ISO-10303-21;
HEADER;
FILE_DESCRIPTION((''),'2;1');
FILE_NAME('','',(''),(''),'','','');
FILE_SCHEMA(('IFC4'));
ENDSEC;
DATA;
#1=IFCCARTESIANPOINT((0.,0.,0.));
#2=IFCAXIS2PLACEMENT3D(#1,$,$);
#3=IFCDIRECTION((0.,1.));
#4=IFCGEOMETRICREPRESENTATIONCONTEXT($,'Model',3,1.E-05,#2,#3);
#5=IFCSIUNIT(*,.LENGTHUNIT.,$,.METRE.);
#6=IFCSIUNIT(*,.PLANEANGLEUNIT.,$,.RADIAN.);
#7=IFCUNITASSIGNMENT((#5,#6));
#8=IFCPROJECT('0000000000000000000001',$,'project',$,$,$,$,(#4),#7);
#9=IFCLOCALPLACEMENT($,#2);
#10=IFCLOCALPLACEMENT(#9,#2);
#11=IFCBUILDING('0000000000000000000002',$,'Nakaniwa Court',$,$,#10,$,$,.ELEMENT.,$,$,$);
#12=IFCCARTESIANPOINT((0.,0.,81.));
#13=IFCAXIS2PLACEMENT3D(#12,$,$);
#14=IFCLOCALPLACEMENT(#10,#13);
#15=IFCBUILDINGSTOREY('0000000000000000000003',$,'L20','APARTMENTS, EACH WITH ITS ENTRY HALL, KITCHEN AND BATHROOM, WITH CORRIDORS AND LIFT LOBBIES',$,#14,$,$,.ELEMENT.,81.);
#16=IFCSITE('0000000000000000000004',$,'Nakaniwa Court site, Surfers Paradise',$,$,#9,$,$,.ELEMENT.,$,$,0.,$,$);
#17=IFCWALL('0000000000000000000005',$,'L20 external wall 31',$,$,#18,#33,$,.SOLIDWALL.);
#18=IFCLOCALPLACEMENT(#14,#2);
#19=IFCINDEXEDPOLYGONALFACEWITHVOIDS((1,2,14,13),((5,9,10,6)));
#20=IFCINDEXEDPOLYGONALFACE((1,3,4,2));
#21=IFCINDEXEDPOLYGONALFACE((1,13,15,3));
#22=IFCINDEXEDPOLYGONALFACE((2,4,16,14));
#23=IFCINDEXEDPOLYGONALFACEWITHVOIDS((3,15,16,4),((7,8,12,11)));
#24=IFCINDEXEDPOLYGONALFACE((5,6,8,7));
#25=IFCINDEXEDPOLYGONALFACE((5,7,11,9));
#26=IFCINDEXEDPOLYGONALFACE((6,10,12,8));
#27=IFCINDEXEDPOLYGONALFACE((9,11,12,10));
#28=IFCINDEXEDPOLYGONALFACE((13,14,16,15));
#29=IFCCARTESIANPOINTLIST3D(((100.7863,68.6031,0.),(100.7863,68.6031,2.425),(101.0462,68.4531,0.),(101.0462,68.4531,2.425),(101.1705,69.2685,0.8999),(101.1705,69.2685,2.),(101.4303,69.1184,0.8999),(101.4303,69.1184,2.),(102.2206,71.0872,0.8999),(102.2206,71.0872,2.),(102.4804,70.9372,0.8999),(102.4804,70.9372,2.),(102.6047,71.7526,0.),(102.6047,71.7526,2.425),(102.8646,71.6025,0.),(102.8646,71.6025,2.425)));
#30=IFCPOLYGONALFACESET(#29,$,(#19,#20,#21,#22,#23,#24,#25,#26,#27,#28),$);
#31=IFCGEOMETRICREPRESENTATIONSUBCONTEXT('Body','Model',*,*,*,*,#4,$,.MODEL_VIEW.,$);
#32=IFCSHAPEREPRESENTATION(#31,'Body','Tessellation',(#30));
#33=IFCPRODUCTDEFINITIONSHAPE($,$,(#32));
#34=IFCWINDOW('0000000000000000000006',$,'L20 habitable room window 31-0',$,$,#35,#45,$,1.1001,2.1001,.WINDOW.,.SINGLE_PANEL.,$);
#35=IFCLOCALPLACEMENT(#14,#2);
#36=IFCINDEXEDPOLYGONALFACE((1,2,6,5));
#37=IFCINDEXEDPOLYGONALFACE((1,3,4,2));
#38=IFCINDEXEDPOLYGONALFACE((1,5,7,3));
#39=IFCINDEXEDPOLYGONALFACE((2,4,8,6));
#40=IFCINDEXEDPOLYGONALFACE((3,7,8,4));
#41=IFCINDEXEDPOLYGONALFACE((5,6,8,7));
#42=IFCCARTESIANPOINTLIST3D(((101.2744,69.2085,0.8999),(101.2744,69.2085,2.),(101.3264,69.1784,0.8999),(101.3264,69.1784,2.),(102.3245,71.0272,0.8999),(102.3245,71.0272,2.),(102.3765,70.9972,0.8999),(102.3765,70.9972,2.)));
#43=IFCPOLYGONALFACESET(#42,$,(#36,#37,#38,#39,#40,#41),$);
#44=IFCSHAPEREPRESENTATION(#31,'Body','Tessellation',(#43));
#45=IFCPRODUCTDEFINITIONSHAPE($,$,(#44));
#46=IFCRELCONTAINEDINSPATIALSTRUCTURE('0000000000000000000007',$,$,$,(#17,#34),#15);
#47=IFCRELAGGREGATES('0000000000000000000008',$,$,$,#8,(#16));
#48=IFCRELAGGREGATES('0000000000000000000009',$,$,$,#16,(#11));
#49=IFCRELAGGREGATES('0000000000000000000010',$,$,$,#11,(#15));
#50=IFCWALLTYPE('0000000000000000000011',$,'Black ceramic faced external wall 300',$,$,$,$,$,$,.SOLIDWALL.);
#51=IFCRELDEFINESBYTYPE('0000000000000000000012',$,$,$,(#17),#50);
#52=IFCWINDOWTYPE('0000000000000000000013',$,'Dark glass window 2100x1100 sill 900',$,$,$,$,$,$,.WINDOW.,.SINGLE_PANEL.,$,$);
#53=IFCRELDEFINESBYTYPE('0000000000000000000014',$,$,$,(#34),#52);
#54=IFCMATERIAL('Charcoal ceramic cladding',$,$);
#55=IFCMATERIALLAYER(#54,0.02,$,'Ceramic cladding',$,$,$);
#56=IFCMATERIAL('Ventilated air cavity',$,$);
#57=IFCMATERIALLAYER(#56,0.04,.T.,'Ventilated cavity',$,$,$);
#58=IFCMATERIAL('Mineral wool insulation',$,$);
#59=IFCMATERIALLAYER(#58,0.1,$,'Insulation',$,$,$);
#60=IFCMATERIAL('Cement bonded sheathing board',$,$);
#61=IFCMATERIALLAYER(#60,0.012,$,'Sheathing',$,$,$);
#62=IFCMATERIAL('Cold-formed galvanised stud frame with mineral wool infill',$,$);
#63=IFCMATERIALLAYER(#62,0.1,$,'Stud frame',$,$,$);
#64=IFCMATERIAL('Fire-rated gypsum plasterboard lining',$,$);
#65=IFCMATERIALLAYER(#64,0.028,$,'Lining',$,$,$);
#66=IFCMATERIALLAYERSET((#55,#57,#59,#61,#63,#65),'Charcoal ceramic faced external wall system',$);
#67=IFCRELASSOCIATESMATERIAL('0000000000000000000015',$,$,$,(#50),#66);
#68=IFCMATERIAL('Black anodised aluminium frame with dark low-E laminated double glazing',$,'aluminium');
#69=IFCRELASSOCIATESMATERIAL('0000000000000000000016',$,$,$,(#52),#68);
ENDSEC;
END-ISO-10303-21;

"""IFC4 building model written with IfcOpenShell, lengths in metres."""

from ifc_helpers import new_model, si_unit, direction, frame, frame_2d, origin, place, context, subcontext, project, spatial, rectangle, extrude, material, layer, layer_set, type_object, element, fill, save


model = new_model("IFC4")

# Units and contexts
model_context = context("Model", 3, precision=1e-05, world=origin(), true_north=direction((0.0, 1.0)))
body_context = subcontext(model_context, "Body", "Model", "MODEL_VIEW")
ifc_project = project(units=[si_unit("LENGTHUNIT", "METRE"), si_unit("PLANEANGLEUNIT", "RADIAN")], contexts=[model_context])

# Site, building, storey
site_placement = place(None, origin())
site = spatial("IfcSite", under=ifc_project, at=site_placement, Name="Nakaniwa Court site, Surfers Paradise", CompositionType="ELEMENT", RefElevation=0.0)
building_placement = place(site_placement, origin())
building = spatial("IfcBuilding", under=site, at=building_placement, Name="Nakaniwa Court", CompositionType="ELEMENT")
storey_placement = place(building_placement, frame((0.0, 0.0, 81.0)))
storey = spatial("IfcBuildingStorey", under=building, at=storey_placement, Name="L20", Description="APARTMENTS, EACH WITH ITS ENTRY HALL, KITCHEN AND BATHROOM, WITH CORRIDORS AND LIFT LOBBIES", CompositionType="ELEMENT", Elevation=81.0)

# Wall, opening, window
ifc_material_1 = material(Name="Charcoal ceramic cladding")
ifc_layer_1 = layer(ifc_material_1, 0.02, Name="Ceramic cladding")
ifc_material_2 = material(Name="Ventilated air cavity")
ifc_layer_2 = layer(ifc_material_2, 0.04, ventilated=True, Name="Ventilated cavity")
ifc_material_3 = material(Name="Mineral wool insulation")
ifc_layer_3 = layer(ifc_material_3, 0.1, Name="Insulation")
ifc_material_4 = material(Name="Cement bonded sheathing board")
ifc_layer_4 = layer(ifc_material_4, 0.012, Name="Sheathing")
ifc_material_5 = material(Name="Cold-formed galvanised stud frame with mineral wool infill")
ifc_layer_5 = layer(ifc_material_5, 0.1, Name="Stud frame")
ifc_material_6 = material(Name="Fire-rated gypsum plasterboard lining")
ifc_layer_6 = layer(ifc_material_6, 0.028, Name="Lining")
ifc_layer_set_1 = layer_set([ifc_layer_1, ifc_layer_2, ifc_layer_3, ifc_layer_4, ifc_layer_5, ifc_layer_6], Name="Charcoal ceramic faced external wall system")
wall_type_1 = type_object("IfcWallType", Name="Black ceramic faced external wall 300", PredefinedType="SOLIDWALL", material=ifc_layer_set_1)
ifc_material_7 = material(Name="Black anodised aluminium frame with dark low-E laminated double glazing", Category="aluminium")
window_type_1 = type_object("IfcWindowType", Name="Dark glass window 2100x1100 sill 900", PartitioningType="SINGLE_PANEL", PredefinedType="WINDOW", material=ifc_material_7)
wall_1_placement = place(storey_placement, frame((100.9163, 68.5281, 0.0), z_axis=(0.0, 0.0, 1.0), x_axis=(0.500009, 0.86602, 0.0)))
wall_1 = element("IfcWall", 1, at=wall_1_placement, inside=storey, type_object=wall_type_1, Name="L20 external wall 31", PredefinedType="SOLIDWALL", context=body_context, shape_type="SweptSolid", body=[
    extrude(rectangle(XDim=3.6367, YDim=0.3, at=frame_2d((1.8184, 0.0))), origin(), (0.0, 0.0, 1.0), 2.425),
])
opening_1_placement = place(wall_1_placement, frame((0.7683, 0.0, 0.8999)))
opening_1 = element("IfcOpeningElement", 2, at=opening_1_placement, cuts=wall_1, PredefinedType="OPENING", context=body_context, shape_type="SweptSolid", body=[
    extrude(rectangle(XDim=2.1001, YDim=1.1001, at=frame_2d((1.05, 0.55))), frame((0.0, 0.1599, 0.0), z_axis=(0.0, -1.0, 0.0), x_axis=(1.0, 0.0, 0.0)), (0.0, 0.0, 1.0), 0.3201),
])
window_1_placement = place(opening_1_placement, origin())
window_1 = element("IfcWindow", 3, at=window_1_placement, inside=storey, type_object=window_type_1, Name="L20 habitable room window 31-0", OverallHeight=1.1001, OverallWidth=2.1001, PartitioningType="SINGLE_PANEL", PredefinedType="WINDOW", context=body_context, shape_type="SweptSolid", body=[
    extrude(rectangle(XDim=2.1001, YDim=1.1001, at=frame_2d((1.05, 0.55))), frame((0.0, 0.03, 0.0), z_axis=(0.0, -1.0, 0.0), x_axis=(1.0, 0.0, 0.0)), (0.0, 0.0, 1.0), 0.0601),
])
fill(opening_1, window_1)

save(model, "model.ifc")
